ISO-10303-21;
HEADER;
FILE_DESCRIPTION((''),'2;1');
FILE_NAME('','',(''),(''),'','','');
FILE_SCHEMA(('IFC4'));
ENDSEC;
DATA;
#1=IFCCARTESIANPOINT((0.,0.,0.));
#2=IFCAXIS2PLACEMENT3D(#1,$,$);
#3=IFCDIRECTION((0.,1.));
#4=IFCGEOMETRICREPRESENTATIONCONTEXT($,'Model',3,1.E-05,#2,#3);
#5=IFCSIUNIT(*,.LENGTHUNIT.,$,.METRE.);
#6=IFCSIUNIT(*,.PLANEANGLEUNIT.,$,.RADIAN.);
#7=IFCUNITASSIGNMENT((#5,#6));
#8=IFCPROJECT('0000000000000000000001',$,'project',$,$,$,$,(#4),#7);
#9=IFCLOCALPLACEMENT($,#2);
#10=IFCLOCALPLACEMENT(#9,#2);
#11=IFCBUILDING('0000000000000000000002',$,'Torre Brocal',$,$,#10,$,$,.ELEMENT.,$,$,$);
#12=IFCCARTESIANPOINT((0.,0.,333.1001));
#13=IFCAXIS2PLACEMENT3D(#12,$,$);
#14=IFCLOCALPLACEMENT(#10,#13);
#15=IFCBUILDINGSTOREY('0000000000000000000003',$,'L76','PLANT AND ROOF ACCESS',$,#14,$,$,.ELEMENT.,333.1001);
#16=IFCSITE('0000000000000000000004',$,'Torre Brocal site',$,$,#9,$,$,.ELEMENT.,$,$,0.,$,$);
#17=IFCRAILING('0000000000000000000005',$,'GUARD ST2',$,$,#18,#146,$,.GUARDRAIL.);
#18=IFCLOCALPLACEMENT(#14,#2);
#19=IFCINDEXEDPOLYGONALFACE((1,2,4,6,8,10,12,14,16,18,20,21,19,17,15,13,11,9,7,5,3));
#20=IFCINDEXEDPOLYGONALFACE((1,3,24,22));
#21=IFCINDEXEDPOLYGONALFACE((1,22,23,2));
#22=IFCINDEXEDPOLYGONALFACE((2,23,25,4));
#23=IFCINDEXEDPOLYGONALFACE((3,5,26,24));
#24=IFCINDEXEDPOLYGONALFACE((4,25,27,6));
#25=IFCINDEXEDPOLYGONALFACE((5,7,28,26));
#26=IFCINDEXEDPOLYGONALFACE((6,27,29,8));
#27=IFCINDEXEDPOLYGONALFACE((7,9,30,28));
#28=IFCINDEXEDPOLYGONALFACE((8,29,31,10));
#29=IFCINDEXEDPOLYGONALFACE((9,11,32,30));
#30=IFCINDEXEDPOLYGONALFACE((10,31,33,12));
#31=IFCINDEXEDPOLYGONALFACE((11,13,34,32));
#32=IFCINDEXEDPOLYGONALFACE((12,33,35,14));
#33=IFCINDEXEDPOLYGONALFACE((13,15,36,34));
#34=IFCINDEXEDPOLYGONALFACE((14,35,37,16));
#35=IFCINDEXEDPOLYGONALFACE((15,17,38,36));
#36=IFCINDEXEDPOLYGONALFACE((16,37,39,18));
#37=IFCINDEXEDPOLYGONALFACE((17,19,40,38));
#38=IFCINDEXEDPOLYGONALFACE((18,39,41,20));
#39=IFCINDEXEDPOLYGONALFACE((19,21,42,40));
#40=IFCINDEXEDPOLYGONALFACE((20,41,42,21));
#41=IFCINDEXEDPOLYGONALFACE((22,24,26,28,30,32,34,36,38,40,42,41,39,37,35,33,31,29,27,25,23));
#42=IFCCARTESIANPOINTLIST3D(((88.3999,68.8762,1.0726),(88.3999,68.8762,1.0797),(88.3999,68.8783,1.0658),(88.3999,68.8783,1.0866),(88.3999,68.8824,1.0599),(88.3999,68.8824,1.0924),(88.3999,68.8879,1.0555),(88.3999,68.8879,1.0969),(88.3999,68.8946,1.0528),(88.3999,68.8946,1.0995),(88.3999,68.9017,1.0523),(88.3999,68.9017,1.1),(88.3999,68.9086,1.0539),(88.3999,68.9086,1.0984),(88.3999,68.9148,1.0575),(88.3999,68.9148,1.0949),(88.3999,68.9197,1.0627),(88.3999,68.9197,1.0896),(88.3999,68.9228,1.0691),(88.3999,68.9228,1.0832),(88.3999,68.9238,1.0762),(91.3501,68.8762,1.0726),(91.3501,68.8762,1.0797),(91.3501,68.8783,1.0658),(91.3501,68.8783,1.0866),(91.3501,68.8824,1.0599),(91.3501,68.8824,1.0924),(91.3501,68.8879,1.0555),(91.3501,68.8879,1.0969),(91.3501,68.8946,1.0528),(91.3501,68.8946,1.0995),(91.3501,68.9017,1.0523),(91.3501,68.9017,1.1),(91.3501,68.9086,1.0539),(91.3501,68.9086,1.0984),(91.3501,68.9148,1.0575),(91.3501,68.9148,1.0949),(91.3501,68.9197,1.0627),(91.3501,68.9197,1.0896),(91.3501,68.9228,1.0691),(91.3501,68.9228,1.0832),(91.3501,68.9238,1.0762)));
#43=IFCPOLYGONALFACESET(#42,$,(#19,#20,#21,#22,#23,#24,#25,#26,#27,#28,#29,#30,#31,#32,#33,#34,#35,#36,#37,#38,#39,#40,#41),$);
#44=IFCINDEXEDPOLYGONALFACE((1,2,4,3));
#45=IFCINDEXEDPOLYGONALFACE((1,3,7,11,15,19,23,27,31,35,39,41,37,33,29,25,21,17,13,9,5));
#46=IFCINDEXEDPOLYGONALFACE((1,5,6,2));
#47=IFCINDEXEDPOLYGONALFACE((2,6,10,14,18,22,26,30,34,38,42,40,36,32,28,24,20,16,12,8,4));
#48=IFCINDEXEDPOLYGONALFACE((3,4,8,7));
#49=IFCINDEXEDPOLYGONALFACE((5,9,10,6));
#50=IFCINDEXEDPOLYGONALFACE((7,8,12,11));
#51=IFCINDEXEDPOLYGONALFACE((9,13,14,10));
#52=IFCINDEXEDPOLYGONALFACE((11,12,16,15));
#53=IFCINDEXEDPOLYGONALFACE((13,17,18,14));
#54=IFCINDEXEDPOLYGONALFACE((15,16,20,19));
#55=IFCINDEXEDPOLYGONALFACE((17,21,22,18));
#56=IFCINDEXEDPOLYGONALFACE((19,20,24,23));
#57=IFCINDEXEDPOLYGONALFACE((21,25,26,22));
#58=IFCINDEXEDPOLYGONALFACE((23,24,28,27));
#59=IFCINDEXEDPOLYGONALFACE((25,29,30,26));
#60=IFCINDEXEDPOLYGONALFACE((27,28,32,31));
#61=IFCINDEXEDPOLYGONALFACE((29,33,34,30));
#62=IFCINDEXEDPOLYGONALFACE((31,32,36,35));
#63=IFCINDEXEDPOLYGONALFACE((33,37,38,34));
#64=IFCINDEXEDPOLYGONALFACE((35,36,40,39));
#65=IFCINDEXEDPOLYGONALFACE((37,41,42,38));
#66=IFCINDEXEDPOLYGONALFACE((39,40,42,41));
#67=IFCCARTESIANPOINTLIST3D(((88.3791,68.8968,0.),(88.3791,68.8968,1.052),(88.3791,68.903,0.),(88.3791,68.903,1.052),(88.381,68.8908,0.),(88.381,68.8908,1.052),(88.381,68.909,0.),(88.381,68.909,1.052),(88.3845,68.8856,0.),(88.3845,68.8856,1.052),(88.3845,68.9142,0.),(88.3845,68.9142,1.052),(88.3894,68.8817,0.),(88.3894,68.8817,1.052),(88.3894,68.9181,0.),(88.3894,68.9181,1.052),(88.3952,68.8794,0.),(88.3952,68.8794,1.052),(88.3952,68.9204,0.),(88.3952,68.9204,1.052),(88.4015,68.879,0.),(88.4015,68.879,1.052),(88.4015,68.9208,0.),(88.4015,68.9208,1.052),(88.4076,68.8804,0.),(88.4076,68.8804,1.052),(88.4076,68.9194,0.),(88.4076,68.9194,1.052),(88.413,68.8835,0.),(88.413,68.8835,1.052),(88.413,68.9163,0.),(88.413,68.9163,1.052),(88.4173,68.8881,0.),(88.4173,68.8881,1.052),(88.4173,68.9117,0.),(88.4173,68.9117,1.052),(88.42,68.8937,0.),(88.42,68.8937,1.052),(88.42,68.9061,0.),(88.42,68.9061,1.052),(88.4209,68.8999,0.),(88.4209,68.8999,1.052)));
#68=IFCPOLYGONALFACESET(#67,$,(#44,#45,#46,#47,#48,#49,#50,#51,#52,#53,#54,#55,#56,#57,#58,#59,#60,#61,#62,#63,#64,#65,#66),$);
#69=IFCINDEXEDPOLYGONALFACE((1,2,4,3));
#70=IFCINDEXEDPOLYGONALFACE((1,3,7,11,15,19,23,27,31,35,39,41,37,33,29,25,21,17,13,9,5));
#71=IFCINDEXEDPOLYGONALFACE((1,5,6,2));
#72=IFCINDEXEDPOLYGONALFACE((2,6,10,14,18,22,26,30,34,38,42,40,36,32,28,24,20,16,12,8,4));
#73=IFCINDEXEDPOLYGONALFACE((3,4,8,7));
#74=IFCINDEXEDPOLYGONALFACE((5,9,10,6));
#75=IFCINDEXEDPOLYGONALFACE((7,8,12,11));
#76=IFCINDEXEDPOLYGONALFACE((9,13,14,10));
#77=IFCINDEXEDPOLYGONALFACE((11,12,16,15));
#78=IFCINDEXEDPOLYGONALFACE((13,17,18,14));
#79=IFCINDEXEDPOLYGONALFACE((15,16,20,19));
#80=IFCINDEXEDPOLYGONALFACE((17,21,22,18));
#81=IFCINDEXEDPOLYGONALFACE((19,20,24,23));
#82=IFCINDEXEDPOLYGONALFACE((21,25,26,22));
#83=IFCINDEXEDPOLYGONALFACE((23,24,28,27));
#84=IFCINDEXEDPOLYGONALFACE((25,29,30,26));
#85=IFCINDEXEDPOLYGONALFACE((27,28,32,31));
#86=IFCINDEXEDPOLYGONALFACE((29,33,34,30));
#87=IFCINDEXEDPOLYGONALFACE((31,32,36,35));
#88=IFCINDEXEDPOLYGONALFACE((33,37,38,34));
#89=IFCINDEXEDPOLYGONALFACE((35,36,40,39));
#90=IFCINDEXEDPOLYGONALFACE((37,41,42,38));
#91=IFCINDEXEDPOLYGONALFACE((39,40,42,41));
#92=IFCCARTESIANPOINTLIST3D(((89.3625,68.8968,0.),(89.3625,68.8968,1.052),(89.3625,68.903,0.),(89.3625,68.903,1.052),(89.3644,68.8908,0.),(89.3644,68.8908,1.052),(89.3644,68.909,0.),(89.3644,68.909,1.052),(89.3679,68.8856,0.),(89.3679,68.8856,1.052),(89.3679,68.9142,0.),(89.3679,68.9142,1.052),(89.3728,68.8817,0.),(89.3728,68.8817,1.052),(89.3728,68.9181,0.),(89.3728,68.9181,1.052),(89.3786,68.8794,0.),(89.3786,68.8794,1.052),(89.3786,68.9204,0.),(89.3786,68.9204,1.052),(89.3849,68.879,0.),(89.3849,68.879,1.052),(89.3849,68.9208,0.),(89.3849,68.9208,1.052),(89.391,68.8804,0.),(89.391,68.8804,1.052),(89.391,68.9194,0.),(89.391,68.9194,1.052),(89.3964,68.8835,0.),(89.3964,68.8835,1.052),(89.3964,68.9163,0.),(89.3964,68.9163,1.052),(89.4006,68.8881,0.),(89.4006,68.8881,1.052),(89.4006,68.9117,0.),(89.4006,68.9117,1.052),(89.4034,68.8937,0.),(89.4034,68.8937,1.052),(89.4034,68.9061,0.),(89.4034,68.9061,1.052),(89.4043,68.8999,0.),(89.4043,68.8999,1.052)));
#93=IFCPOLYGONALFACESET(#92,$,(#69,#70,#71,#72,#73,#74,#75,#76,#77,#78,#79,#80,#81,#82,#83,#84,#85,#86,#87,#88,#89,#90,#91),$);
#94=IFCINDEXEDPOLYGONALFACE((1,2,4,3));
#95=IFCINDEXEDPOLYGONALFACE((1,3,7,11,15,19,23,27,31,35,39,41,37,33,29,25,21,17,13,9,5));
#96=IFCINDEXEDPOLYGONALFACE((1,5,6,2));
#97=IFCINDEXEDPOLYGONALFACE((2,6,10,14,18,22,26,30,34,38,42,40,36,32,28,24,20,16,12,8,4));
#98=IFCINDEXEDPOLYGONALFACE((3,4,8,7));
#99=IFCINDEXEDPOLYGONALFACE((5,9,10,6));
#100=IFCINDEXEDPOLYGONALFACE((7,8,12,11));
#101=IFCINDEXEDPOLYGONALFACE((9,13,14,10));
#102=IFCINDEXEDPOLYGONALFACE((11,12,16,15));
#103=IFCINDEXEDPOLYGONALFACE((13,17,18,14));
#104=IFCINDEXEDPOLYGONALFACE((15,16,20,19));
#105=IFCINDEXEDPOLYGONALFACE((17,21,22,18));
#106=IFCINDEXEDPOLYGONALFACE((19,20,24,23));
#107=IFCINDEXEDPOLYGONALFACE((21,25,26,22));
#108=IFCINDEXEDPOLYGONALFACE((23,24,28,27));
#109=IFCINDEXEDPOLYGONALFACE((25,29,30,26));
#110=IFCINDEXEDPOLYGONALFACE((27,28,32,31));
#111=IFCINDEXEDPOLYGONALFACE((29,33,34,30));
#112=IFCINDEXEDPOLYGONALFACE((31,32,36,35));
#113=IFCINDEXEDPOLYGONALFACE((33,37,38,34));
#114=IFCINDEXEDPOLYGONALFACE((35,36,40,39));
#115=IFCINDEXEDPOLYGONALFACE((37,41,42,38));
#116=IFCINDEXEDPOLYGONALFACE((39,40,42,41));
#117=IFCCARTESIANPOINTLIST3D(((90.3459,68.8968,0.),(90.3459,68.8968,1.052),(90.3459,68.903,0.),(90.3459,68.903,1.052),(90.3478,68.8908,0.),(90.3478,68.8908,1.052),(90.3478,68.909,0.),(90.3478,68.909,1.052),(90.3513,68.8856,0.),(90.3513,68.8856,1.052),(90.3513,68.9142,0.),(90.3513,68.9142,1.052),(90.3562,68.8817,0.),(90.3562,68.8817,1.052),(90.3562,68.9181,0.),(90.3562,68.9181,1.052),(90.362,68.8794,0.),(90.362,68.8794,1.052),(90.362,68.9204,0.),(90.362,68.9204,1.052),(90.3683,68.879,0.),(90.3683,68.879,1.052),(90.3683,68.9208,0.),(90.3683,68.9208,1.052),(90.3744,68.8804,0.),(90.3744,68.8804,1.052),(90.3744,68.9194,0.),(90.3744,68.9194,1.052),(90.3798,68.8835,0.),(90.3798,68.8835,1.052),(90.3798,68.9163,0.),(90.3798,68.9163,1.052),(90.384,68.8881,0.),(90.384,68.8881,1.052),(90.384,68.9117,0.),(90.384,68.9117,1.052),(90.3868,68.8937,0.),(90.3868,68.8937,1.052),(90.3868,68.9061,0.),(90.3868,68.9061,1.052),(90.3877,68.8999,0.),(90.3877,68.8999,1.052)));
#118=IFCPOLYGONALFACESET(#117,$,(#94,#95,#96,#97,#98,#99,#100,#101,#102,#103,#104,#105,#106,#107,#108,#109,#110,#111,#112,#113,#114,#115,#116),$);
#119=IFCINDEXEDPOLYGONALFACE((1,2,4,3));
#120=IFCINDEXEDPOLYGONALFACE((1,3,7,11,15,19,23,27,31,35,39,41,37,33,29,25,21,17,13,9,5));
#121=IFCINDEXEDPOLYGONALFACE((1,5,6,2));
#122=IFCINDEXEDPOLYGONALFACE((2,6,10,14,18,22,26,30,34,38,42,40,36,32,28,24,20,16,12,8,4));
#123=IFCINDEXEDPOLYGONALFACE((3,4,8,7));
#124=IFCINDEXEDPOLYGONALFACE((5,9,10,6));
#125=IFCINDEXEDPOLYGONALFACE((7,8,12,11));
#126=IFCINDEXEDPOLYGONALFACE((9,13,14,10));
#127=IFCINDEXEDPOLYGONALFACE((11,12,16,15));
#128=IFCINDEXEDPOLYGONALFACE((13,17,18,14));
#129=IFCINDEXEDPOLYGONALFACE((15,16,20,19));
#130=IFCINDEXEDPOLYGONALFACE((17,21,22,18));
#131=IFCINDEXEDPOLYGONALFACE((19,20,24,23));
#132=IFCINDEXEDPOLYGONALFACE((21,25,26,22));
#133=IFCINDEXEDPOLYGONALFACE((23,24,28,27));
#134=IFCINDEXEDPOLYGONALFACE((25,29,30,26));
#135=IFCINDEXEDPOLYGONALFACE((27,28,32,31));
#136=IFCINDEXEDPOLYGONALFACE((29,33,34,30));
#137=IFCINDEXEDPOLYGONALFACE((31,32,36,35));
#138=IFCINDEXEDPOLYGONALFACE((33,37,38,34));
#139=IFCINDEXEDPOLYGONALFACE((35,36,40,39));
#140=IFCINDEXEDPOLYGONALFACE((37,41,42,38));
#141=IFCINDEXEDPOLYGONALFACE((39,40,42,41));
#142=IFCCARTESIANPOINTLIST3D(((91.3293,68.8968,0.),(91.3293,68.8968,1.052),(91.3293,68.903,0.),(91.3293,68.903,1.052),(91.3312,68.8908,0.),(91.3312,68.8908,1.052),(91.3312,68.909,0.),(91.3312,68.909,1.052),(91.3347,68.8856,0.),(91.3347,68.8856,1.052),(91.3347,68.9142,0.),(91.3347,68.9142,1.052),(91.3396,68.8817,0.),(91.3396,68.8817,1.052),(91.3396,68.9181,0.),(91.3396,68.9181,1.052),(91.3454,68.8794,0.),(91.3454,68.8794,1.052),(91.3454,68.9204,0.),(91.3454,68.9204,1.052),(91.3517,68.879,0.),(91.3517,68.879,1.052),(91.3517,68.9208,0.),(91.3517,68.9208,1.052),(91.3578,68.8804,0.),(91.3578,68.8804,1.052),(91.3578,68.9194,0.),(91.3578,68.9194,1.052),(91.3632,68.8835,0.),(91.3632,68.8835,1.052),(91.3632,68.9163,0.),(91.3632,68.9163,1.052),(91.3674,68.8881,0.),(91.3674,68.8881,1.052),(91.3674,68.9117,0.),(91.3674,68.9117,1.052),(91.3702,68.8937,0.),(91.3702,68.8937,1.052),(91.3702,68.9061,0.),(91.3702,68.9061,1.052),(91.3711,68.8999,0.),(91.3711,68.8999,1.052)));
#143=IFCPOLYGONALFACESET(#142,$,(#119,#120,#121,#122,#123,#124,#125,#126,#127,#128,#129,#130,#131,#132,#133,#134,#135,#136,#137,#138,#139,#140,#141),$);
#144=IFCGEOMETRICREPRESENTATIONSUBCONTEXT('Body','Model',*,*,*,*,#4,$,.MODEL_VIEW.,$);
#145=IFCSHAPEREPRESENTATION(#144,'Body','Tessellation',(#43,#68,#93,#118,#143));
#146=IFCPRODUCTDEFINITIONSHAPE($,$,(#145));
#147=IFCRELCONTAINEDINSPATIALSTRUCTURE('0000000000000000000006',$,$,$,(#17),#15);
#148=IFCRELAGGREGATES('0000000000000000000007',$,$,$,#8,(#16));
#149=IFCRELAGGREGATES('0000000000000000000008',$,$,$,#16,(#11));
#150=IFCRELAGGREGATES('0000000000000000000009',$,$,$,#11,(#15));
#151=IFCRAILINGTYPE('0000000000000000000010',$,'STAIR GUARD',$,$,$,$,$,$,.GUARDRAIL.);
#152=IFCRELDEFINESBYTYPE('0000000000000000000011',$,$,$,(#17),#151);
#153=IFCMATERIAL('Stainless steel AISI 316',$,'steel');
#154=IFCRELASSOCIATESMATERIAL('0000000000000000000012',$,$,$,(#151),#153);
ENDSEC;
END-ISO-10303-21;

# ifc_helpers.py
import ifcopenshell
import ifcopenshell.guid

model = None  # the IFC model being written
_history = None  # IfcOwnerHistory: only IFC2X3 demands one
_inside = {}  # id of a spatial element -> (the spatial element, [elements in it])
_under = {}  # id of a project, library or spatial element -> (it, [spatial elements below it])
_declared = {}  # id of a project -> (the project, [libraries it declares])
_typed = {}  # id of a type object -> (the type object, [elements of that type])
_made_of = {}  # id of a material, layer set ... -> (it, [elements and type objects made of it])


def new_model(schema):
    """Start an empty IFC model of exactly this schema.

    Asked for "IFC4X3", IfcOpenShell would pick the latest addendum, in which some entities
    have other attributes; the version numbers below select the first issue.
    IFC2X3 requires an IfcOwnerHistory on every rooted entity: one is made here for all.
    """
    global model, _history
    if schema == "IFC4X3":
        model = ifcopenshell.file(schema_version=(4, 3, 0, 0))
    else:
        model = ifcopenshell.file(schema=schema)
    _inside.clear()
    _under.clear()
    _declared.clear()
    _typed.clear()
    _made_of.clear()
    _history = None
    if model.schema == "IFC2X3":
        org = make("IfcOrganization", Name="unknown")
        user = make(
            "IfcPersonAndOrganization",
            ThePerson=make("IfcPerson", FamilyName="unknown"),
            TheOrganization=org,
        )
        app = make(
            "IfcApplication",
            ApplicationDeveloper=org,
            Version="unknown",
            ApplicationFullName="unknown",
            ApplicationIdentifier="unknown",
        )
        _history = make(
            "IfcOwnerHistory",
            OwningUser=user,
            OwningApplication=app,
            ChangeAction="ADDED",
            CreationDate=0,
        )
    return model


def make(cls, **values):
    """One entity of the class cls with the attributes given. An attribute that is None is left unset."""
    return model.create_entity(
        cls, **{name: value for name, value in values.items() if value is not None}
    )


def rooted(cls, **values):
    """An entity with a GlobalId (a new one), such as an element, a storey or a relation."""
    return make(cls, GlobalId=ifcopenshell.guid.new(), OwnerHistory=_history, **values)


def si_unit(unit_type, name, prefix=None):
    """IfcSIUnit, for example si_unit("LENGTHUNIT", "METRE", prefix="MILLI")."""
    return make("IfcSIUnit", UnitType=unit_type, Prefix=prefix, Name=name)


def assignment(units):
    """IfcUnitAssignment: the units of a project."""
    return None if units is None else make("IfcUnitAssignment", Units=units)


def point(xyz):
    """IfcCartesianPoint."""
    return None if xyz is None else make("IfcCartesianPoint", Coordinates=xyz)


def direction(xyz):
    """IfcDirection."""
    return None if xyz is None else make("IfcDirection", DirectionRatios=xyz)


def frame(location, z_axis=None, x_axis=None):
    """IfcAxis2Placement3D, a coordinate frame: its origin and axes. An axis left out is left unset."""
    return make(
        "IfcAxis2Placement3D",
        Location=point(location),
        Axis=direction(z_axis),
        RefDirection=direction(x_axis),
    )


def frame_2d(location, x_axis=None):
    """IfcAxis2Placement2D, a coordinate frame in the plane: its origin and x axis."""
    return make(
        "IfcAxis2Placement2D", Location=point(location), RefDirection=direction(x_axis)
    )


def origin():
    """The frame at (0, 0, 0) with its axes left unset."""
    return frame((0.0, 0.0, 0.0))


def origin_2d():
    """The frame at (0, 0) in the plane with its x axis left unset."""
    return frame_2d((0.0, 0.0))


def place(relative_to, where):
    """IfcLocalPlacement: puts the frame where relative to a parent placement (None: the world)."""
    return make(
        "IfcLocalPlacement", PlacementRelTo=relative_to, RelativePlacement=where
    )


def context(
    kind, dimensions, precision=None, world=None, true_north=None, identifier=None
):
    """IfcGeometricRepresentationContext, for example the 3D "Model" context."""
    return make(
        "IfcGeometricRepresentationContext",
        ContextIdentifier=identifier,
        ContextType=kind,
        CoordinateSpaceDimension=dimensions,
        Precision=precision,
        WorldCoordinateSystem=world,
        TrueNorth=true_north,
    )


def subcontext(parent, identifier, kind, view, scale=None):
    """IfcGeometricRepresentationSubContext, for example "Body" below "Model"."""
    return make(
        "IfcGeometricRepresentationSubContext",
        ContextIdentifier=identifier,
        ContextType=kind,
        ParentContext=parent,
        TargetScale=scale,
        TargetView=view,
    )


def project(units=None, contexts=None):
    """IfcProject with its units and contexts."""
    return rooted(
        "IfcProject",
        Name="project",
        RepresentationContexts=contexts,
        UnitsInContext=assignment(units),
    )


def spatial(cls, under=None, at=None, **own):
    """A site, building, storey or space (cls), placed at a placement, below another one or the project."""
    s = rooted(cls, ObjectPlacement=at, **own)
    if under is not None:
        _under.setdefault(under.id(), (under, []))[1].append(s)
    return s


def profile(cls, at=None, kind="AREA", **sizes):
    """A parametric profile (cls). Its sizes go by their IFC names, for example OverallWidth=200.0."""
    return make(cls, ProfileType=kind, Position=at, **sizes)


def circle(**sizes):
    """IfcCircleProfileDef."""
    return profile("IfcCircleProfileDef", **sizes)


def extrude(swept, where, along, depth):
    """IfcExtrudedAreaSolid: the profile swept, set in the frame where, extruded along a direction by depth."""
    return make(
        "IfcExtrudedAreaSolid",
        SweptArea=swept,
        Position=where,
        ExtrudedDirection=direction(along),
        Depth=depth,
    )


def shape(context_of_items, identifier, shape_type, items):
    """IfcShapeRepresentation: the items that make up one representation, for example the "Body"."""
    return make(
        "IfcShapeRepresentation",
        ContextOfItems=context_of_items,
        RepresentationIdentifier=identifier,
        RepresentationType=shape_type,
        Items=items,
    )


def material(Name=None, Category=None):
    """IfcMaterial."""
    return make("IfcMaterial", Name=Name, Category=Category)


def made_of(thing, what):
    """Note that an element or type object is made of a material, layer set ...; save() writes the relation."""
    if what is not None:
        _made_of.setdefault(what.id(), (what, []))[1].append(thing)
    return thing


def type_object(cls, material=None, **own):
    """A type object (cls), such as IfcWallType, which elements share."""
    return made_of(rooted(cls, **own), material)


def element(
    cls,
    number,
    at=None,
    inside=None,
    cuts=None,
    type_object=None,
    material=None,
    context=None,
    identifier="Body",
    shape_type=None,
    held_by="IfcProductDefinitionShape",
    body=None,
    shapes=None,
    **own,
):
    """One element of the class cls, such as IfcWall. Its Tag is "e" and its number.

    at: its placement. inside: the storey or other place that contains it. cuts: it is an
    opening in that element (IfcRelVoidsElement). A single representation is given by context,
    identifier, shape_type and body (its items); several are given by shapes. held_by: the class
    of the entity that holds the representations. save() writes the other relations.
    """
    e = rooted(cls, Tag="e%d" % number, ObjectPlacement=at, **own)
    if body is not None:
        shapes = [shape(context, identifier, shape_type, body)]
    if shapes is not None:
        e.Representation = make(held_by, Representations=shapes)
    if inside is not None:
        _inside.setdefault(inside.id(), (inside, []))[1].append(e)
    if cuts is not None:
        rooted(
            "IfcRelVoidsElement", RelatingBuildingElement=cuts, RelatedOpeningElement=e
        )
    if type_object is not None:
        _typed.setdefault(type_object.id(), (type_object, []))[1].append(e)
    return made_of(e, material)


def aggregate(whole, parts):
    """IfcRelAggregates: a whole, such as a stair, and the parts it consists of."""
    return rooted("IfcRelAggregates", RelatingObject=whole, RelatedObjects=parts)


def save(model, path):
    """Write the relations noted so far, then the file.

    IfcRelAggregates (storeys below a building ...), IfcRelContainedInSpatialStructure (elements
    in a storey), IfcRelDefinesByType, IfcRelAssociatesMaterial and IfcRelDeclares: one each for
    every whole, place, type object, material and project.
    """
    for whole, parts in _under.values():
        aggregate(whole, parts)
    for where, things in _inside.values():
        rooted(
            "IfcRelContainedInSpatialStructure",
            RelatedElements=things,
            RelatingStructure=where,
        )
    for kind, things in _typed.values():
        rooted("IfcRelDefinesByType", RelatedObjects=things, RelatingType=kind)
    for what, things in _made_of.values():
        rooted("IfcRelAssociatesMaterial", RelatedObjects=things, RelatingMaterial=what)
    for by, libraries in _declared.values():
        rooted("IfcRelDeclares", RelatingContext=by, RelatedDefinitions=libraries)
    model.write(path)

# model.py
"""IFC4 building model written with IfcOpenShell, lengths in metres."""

from ifc_helpers import new_model, si_unit, direction, frame, origin, origin_2d, place, context, subcontext, project, spatial, circle, extrude, material, type_object, element, save


model = new_model("IFC4")

# Units and contexts
model_context = context("Model", 3, precision=1e-05, world=origin(), true_north=direction((0.0, 1.0)))
body_context = subcontext(model_context, "Body", "Model", "MODEL_VIEW")
ifc_project = project(units=[si_unit("LENGTHUNIT", "METRE"), si_unit("PLANEANGLEUNIT", "RADIAN")], contexts=[model_context])

# Site, building, storey
site_placement = place(None, origin())
site = spatial("IfcSite", under=ifc_project, at=site_placement, Name="Torre Brocal site", CompositionType="ELEMENT", RefElevation=0.0)
building_placement = place(site_placement, origin())
building = spatial("IfcBuilding", under=site, at=building_placement, Name="Torre Brocal", CompositionType="ELEMENT")
storey_placement = place(building_placement, frame((0.0, 0.0, 333.1001)))
storey = spatial("IfcBuildingStorey", under=building, at=storey_placement, Name="L76", Description="PLANT AND ROOF ACCESS", CompositionType="ELEMENT", Elevation=333.1001)

# Railing
ifc_material_1 = material(Name="Stainless steel AISI 316", Category="steel")
railing_type = type_object("IfcRailingType", Name="STAIR GUARD", PredefinedType="GUARDRAIL", material=ifc_material_1)
railing_placement = place(storey_placement, frame((88.3999, 68.8999, 0.0)))
element("IfcRailing", 1, at=railing_placement, inside=storey, type_object=railing_type, Name="GUARD ST2", PredefinedType="GUARDRAIL", context=body_context, shape_type="SweptSolid", body=[
    extrude(circle(Radius=0.0239, at=origin_2d()), frame((0.0, 0.0, 1.0762), z_axis=(1.0, 0.0, 0.0), x_axis=(0.0, 1.0, 0.0)), (0.0, 0.0, 1.0), 2.9502),
    extrude(circle(Radius=0.021, at=origin_2d()), origin(), (0.0, 0.0, 1.0), 1.052),
    extrude(circle(Radius=0.021, at=origin_2d()), frame((0.9834, 0.0, 0.0)), (0.0, 0.0, 1.0), 1.052),
    extrude(circle(Radius=0.021, at=origin_2d()), frame((1.9668, 0.0, 0.0)), (0.0, 0.0, 1.0), 1.052),
    extrude(circle(Radius=0.021, at=origin_2d()), frame((2.9502, 0.0, 0.0)), (0.0, 0.0, 1.0), 1.052),
])

save(model, "model.ifc")
